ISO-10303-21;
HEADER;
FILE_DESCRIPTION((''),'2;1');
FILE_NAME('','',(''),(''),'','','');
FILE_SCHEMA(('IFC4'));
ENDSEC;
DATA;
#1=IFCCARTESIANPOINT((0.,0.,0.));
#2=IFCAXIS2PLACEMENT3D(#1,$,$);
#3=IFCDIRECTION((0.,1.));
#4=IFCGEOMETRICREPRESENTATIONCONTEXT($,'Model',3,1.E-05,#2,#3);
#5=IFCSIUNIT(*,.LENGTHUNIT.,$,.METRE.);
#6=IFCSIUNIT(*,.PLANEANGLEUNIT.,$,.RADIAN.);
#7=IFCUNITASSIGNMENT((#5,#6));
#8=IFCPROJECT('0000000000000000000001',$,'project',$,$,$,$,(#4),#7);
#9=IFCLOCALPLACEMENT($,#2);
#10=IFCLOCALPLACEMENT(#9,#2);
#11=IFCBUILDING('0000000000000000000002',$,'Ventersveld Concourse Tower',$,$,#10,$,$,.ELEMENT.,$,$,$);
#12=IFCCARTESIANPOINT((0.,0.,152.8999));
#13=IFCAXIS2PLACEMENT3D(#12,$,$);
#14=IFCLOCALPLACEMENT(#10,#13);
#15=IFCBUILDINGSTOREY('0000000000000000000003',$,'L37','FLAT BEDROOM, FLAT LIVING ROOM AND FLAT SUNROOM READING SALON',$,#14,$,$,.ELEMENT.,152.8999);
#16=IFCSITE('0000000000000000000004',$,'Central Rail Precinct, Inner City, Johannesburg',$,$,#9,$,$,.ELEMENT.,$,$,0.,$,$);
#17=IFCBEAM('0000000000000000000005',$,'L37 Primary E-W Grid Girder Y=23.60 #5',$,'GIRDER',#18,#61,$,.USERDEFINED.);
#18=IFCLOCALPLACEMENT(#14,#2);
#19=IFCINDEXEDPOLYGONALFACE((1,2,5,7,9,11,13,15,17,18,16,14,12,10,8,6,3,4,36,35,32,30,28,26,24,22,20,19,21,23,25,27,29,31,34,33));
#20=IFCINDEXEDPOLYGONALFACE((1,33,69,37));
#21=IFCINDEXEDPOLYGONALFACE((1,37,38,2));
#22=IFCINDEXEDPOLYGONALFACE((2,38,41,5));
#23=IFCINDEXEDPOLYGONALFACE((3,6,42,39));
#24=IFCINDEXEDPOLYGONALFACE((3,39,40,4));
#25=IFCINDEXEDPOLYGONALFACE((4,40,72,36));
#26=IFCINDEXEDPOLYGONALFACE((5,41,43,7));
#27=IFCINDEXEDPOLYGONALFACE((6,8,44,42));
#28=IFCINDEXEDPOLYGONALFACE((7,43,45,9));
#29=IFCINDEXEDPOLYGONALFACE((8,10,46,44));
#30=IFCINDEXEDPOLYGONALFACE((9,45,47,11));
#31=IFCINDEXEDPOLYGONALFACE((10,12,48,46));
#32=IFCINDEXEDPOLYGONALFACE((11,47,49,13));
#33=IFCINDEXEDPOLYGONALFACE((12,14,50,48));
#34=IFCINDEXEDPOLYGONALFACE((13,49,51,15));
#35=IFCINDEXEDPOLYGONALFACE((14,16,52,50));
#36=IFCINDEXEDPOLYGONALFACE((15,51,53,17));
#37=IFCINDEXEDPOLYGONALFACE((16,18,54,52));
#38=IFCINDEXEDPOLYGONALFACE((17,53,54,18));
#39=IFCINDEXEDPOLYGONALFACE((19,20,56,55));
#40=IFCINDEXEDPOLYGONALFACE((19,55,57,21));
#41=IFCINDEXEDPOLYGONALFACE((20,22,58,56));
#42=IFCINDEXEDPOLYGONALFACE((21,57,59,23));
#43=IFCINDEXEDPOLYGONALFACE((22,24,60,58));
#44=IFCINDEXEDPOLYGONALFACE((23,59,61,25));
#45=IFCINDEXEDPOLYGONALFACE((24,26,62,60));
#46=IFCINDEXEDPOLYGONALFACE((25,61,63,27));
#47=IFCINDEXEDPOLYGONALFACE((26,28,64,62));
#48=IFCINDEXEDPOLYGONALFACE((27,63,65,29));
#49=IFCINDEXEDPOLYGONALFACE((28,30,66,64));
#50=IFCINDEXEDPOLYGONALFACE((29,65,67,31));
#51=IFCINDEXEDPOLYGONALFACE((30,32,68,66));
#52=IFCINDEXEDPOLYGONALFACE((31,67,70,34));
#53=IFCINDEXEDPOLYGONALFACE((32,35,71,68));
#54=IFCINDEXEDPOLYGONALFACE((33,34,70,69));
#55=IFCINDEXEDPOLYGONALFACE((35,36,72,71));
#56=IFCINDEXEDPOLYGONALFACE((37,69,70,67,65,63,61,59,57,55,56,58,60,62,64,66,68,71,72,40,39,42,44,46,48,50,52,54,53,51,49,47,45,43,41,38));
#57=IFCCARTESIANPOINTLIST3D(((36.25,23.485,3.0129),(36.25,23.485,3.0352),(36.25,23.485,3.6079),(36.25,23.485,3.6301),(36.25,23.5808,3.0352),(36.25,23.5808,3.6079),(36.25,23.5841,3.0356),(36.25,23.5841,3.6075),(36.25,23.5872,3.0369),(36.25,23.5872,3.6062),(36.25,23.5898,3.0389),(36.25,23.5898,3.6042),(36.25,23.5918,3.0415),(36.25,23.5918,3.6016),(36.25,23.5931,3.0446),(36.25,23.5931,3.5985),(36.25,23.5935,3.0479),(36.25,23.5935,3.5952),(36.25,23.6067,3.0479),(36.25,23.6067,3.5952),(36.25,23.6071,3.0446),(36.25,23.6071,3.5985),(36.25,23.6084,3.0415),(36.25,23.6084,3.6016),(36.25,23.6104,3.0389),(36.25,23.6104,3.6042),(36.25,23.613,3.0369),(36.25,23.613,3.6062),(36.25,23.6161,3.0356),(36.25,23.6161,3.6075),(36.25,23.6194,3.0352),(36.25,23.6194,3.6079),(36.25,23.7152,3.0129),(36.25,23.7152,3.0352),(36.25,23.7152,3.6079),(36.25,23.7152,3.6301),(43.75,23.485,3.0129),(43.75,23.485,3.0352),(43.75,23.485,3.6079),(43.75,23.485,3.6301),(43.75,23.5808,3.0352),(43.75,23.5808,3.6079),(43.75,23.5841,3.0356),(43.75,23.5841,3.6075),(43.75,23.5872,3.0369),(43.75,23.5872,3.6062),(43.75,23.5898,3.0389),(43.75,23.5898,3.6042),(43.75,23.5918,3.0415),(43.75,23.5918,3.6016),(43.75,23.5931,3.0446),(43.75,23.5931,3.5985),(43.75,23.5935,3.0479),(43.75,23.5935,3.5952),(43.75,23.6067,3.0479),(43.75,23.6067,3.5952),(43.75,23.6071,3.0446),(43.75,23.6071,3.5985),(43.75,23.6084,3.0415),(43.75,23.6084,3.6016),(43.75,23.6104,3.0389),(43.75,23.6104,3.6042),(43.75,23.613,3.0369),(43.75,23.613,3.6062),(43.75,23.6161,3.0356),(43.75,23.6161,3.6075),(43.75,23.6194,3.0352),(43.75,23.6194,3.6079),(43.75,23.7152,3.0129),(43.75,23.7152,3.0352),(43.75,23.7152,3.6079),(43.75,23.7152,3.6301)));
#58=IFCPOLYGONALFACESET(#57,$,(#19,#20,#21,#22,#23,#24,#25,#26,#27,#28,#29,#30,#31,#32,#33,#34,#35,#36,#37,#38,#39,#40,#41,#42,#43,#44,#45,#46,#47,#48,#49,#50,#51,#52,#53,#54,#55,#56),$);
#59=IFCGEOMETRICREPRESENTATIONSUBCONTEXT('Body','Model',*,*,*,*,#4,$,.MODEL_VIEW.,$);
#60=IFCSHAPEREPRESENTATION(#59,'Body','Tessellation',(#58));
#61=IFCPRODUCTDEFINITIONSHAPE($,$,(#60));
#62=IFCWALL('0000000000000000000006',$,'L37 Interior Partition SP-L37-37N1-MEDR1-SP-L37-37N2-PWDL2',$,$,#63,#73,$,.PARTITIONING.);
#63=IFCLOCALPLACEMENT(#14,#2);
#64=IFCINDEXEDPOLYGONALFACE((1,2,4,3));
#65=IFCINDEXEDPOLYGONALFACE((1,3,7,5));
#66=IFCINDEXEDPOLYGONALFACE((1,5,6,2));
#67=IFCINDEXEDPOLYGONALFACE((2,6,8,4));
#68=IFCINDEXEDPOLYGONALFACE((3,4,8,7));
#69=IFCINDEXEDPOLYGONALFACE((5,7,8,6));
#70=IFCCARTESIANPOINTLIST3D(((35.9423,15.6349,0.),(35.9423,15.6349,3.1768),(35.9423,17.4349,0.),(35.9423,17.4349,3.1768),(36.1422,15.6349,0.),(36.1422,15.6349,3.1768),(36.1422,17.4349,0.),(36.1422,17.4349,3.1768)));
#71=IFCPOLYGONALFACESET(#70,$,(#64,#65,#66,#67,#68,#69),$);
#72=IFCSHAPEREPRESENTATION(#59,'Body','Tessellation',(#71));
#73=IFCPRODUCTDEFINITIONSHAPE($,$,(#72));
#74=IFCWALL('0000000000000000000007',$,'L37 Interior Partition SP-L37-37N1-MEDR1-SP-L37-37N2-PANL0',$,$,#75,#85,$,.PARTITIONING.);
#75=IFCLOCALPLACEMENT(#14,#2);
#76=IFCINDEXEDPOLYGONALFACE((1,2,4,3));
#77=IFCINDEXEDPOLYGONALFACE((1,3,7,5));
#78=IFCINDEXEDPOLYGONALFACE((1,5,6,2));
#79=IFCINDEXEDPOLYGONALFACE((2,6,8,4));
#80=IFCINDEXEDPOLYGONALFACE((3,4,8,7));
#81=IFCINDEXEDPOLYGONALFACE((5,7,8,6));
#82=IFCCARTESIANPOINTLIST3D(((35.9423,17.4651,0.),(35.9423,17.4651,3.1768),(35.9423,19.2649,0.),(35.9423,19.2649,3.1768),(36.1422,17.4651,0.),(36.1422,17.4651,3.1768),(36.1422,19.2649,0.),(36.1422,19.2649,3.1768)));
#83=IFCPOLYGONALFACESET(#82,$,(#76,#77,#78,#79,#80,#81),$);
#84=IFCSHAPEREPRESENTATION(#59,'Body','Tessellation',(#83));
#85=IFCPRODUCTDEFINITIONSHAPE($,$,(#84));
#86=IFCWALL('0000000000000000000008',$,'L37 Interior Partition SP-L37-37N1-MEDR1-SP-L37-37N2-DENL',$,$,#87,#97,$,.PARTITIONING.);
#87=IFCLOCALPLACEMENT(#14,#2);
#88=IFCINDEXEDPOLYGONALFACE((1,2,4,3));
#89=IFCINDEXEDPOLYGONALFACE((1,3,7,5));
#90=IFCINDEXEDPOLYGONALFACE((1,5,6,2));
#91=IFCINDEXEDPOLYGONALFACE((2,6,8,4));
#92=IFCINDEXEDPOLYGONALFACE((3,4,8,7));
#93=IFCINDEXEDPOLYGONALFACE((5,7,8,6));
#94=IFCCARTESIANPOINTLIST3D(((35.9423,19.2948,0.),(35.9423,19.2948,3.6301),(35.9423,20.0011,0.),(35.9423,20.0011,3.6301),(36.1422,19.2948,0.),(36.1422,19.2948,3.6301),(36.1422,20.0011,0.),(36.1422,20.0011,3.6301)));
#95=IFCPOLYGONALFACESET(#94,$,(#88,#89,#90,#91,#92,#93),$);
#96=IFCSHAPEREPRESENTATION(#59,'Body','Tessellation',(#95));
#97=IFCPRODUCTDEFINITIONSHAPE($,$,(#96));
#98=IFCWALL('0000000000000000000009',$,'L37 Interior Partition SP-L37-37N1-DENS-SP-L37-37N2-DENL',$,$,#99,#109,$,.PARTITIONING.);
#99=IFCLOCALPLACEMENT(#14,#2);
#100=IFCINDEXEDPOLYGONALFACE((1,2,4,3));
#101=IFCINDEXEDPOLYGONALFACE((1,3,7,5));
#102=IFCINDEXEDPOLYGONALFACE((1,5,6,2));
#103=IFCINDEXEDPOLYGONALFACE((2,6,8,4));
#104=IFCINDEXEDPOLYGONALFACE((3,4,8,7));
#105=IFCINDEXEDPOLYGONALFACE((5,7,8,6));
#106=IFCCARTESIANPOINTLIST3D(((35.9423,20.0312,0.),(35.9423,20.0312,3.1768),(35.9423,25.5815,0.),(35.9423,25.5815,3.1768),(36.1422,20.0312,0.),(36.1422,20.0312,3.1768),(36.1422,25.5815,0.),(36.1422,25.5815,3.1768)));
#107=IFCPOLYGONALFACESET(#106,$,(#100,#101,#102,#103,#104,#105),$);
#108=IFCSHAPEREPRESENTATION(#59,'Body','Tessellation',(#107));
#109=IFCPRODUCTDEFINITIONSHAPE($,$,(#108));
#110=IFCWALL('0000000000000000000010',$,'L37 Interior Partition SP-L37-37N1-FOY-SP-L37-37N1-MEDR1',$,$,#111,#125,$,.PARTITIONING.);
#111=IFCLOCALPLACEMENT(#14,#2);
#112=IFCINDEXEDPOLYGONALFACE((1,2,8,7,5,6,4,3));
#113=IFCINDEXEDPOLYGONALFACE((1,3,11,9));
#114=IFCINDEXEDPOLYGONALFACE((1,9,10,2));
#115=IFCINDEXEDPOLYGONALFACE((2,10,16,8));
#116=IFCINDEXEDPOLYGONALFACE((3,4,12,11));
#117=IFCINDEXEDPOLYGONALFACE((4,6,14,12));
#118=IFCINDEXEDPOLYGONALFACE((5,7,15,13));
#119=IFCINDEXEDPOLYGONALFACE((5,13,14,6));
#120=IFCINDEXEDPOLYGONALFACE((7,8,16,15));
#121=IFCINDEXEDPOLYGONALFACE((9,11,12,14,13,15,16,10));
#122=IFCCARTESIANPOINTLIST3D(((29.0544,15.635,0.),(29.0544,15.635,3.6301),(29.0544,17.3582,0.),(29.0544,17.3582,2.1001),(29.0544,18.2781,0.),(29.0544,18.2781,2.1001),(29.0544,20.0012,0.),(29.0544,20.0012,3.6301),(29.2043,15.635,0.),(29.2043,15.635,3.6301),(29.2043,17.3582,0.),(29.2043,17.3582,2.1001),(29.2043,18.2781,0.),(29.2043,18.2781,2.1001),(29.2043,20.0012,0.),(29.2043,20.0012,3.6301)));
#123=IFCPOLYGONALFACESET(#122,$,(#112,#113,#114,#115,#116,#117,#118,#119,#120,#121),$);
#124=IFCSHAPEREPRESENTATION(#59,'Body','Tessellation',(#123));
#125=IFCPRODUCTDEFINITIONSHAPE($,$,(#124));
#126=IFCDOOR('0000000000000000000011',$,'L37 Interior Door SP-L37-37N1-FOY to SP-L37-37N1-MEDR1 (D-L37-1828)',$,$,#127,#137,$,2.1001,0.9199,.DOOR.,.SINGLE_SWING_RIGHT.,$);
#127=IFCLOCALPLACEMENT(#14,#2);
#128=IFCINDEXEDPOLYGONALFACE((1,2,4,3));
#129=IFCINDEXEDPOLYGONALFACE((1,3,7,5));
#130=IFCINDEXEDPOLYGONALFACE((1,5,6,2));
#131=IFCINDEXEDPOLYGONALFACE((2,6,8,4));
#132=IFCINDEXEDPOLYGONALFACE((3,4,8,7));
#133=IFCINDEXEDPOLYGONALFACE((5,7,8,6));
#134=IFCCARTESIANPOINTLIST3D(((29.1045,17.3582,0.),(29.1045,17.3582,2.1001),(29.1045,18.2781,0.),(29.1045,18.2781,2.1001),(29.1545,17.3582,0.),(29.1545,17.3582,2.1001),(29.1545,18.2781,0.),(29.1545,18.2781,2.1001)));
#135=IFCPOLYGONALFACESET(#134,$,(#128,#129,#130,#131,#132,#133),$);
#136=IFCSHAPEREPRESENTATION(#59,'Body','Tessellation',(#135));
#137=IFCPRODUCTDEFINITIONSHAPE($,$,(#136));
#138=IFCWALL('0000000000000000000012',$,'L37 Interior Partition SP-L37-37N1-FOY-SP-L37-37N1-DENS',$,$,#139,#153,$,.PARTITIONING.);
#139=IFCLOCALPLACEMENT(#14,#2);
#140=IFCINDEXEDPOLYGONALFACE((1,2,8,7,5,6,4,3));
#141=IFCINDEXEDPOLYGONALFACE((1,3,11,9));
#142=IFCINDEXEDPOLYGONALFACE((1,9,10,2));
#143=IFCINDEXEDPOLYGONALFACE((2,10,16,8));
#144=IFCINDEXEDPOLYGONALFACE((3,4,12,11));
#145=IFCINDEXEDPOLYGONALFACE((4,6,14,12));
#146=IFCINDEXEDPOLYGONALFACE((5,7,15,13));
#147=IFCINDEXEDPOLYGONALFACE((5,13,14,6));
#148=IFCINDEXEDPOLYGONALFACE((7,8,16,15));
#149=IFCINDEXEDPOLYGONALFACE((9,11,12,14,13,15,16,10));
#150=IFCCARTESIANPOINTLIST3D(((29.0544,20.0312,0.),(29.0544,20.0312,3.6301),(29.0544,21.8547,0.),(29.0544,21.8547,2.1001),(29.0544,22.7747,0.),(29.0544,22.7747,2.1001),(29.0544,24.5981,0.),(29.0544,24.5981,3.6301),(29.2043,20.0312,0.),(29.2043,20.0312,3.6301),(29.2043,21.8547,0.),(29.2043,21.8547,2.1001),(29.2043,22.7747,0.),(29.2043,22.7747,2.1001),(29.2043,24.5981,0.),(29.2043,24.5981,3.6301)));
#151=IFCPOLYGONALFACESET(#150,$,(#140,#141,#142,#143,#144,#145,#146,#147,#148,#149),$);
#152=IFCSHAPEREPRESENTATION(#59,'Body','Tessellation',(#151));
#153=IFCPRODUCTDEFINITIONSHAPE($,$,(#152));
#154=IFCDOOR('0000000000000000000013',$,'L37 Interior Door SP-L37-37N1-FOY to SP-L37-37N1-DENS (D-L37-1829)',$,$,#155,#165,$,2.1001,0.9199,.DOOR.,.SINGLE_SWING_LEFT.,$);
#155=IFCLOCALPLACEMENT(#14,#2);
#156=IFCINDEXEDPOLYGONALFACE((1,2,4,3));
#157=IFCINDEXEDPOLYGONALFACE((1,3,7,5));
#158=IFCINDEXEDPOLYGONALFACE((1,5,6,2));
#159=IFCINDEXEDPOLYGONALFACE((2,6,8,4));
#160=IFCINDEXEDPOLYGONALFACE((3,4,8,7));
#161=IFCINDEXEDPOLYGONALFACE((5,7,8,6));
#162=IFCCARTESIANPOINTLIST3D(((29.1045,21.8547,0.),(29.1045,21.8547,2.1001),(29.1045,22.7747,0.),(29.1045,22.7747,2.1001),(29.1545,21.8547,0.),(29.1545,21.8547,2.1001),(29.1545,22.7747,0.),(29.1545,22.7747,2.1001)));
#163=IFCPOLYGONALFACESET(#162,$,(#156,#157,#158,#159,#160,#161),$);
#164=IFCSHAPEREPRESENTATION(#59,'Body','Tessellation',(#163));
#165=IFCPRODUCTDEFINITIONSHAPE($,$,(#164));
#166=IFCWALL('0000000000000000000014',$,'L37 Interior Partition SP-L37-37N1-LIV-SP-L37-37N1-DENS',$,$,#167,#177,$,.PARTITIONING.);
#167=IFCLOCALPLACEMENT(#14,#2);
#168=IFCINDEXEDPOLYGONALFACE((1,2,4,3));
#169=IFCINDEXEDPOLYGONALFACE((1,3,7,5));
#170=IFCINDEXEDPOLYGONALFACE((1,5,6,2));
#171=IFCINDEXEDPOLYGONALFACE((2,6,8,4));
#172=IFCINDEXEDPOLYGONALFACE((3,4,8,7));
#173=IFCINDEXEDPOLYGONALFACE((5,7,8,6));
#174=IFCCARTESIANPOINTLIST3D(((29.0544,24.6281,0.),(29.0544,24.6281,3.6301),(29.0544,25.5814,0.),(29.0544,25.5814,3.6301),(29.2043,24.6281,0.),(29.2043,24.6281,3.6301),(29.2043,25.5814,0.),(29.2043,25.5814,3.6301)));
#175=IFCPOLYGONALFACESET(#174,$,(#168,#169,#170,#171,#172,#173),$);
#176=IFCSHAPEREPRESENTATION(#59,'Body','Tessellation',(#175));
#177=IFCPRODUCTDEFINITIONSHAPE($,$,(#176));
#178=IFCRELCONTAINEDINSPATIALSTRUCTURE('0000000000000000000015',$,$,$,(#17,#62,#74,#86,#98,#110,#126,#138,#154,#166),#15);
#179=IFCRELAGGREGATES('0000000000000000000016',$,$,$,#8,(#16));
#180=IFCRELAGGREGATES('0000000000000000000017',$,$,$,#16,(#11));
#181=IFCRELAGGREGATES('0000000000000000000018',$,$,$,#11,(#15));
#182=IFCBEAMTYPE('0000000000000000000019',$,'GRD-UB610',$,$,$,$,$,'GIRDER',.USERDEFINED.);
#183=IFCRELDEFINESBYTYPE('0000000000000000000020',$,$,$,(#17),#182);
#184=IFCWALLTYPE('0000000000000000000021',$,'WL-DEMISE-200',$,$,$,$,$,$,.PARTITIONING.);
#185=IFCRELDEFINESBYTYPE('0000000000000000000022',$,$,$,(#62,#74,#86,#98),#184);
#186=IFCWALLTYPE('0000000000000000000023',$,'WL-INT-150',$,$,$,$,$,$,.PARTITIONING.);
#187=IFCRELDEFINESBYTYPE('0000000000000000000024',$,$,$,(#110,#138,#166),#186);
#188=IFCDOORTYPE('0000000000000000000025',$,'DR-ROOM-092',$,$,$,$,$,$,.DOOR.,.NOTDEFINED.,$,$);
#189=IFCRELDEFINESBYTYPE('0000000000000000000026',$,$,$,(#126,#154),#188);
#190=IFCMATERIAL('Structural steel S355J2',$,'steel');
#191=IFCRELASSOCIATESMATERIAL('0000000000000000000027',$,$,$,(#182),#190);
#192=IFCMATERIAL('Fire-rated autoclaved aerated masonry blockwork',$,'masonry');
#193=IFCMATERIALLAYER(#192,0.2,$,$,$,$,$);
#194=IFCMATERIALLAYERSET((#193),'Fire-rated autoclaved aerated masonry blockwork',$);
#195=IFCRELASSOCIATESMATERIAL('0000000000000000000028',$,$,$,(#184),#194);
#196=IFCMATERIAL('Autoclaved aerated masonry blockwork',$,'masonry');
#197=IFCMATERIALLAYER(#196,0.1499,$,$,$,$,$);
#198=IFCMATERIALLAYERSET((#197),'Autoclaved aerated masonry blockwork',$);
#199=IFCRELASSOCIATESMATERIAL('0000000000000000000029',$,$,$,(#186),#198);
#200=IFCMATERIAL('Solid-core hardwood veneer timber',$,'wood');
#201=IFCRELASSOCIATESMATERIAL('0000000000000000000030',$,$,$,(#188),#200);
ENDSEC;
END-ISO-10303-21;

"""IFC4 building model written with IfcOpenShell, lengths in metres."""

from ifc_helpers import new_model, si_unit, direction, frame, frame_2d, origin, origin_2d, place, context, subcontext, project, spatial, rectangle, i_section, extrude, material, layer, layer_set, material_profile, profile_set, type_object, element, fill, save


model = new_model("IFC4")

# Units and contexts
model_context = context("Model", 3, precision=1e-05, world=origin(), true_north=direction((0.0, 1.0)))
body_context = subcontext(model_context, "Body", "Model", "MODEL_VIEW")
ifc_project = project(units=[si_unit("LENGTHUNIT", "METRE"), si_unit("PLANEANGLEUNIT", "RADIAN")], contexts=[model_context])

# Site, building, storey
site_placement = place(None, origin())
site = spatial("IfcSite", under=ifc_project, at=site_placement, Name="Central Rail Precinct, Inner City, Johannesburg", CompositionType="ELEMENT", RefElevation=0.0)
building_placement = place(site_placement, origin())
building = spatial("IfcBuilding", under=site, at=building_placement, Name="Ventersveld Concourse Tower", CompositionType="ELEMENT")
storey_placement = place(building_placement, frame((0.0, 0.0, 152.8999)))
storey = spatial("IfcBuildingStorey", under=building, at=storey_placement, Name="L37", Description="FLAT BEDROOM, FLAT LIVING ROOM AND FLAT SUNROOM READING SALON", CompositionType="ELEMENT", Elevation=152.8999)

# Beam
ifc_material_1 = material(Name="Structural steel S355J2", Category="steel")
ifc_material_profile_1 = material_profile(ifc_material_1, i_section(OverallWidth=0.2302, OverallDepth=0.6172, WebThickness=0.0132, FlangeThickness=0.0222, FilletRadius=0.0127, at=origin_2d()), Name="UB 610x229x140")
ifc_profile_set_1 = profile_set([ifc_material_profile_1], Name="Structural steel S355J2")
beam_type_1 = type_object("IfcBeamType", Name="GRD-UB610", ElementType="GIRDER", PredefinedType="USERDEFINED", material=ifc_profile_set_1)
for number, where, z_axis, x_axis, name in (
    (1, (36.25, 23.6001, 3.3215), (1.0, 0.0, 0.0), (0.0, 1.0, 0.0), "L37 Primary E-W Grid Girder Y=23.60 #5"),
):
    element("IfcBeam", number, at=place(storey_placement, frame(where, z_axis=z_axis, x_axis=x_axis)), inside=storey, type_object=beam_type_1, Name=name, ObjectType="GIRDER", PredefinedType="USERDEFINED", context=body_context, shape_type="SweptSolid", body=[
        extrude(i_section(OverallWidth=0.2302, OverallDepth=0.6172, WebThickness=0.0132, FlangeThickness=0.0222, FilletRadius=0.0127, at=origin_2d()), origin(), (0.0, 0.0, 1.0), 7.5),
    ])

# Walls
ifc_material_2 = material(Name="Fire-rated autoclaved aerated masonry blockwork", Category="masonry")
ifc_layer_1 = layer(ifc_material_2, 0.2)
ifc_layer_set_1 = layer_set([ifc_layer_1], Name="Fire-rated autoclaved aerated masonry blockwork")
wall_type_1 = type_object("IfcWallType", Name="WL-DEMISE-200", PredefinedType="PARTITIONING", material=ifc_layer_set_1)
wall_1_placement = place(storey_placement, frame((36.0422, 15.635, 0.0), z_axis=(0.0, 0.0, 1.0), x_axis=(0.0, 1.0, 0.0)))
element("IfcWall", 2, at=wall_1_placement, inside=storey, type_object=wall_type_1, Name="L37 Interior Partition SP-L37-37N1-MEDR1-SP-L37-37N2-PWDL2", PredefinedType="PARTITIONING", context=body_context, shape_type="SweptSolid", body=[
    extrude(rectangle(XDim=1.8, YDim=0.2, at=frame_2d((0.8999, 0.0))), origin(), (0.0, 0.0, 1.0), 3.1768),
])
wall_2_placement = place(storey_placement, frame((36.0422, 17.4651, 0.0), z_axis=(0.0, 0.0, 1.0), x_axis=(0.0, 1.0, 0.0)))
element("IfcWall", 3, at=wall_2_placement, inside=storey, type_object=wall_type_1, Name="L37 Interior Partition SP-L37-37N1-MEDR1-SP-L37-37N2-PANL0", PredefinedType="PARTITIONING", context=body_context, shape_type="SweptSolid", body=[
    extrude(rectangle(XDim=1.7998, YDim=0.2, at=frame_2d((0.8999, 0.0))), origin(), (0.0, 0.0, 1.0), 3.1768),
])
wall_3_placement = place(storey_placement, frame((36.0422, 19.2949, 0.0), z_axis=(0.0, 0.0, 1.0), x_axis=(0.0, 1.0, 0.0)))
element("IfcWall", 4, at=wall_3_placement, inside=storey, type_object=wall_type_1, Name="L37 Interior Partition SP-L37-37N1-MEDR1-SP-L37-37N2-DENL", PredefinedType="PARTITIONING", context=body_context, shape_type="SweptSolid", body=[
    extrude(rectangle(XDim=0.7063, YDim=0.2, at=frame_2d((0.353, 0.0))), origin(), (0.0, 0.0, 1.0), 3.6301),
])
wall_4_placement = place(storey_placement, frame((36.0422, 20.0312, 0.0), z_axis=(0.0, 0.0, 1.0), x_axis=(0.0, 1.0, 0.0)))
element("IfcWall", 5, at=wall_4_placement, inside=storey, type_object=wall_type_1, Name="L37 Interior Partition SP-L37-37N1-DENS-SP-L37-37N2-DENL", PredefinedType="PARTITIONING", context=body_context, shape_type="SweptSolid", body=[
    extrude(rectangle(XDim=5.5503, YDim=0.2, at=frame_2d((2.7751, 0.0))), origin(), (0.0, 0.0, 1.0), 3.1768),
])

# Walls, openings, doors
ifc_material_3 = material(Name="Autoclaved aerated masonry blockwork", Category="masonry")
ifc_layer_2 = layer(ifc_material_3, 0.1499)
ifc_layer_set_2 = layer_set([ifc_layer_2], Name="Autoclaved aerated masonry blockwork")
wall_type_2 = type_object("IfcWallType", Name="WL-INT-150", PredefinedType="PARTITIONING", material=ifc_layer_set_2)
wall_5_placement = place(storey_placement, frame((29.1294, 15.635, 0.0), z_axis=(0.0, 0.0, 1.0), x_axis=(0.0, 1.0, 0.0)))
wall_5 = element("IfcWall", 6, at=wall_5_placement, inside=storey, type_object=wall_type_2, Name="L37 Interior Partition SP-L37-37N1-FOY-SP-L37-37N1-MEDR1", PredefinedType="PARTITIONING", context=body_context, shape_type="SweptSolid", body=[
    extrude(rectangle(XDim=4.3662, YDim=0.1499, at=frame_2d((2.1831, 0.0))), origin(), (0.0, 0.0, 1.0), 3.6301),
])
opening_1_placement = place(wall_5_placement, frame((1.7231, 0.0, 0.0)))
opening_1 = element("IfcOpeningElement", 7, at=opening_1_placement, cuts=wall_5, PredefinedType="OPENING", context=body_context, shape_type="SweptSolid", body=[
    extrude(rectangle(XDim=0.9199, YDim=2.1001, at=frame_2d((0.46, 1.05))), frame((0.0, 0.085, 0.0), z_axis=(0.0, -1.0, 0.0), x_axis=(1.0, 0.0, 0.0)), (0.0, 0.0, 1.0), 0.1699),
])
ifc_material_4 = material(Name="Solid-core hardwood veneer timber", Category="wood")
door_type = type_object("IfcDoorType", Name="DR-ROOM-092", OperationType="NOTDEFINED", PredefinedType="DOOR", material=ifc_material_4)
door_1_placement = place(opening_1_placement, origin())
door_1 = element("IfcDoor", 8, at=door_1_placement, inside=storey, type_object=door_type, Name="L37 Interior Door SP-L37-37N1-FOY to SP-L37-37N1-MEDR1 (D-L37-1828)", OperationType="SINGLE_SWING_RIGHT", OverallHeight=2.1001, OverallWidth=0.9199, PredefinedType="DOOR", context=body_context, shape_type="SweptSolid", body=[
    extrude(rectangle(XDim=0.9199, YDim=2.1001, at=frame_2d((0.46, 1.05))), frame((0.0, 0.0249, 0.0), z_axis=(0.0, -1.0, 0.0), x_axis=(1.0, 0.0, 0.0)), (0.0, 0.0, 1.0), 0.05),
])
fill(opening_1, door_1)
wall_6_placement = place(storey_placement, frame((29.1294, 20.0312, 0.0), z_axis=(0.0, 0.0, 1.0), x_axis=(0.0, 1.0, 0.0)))
wall_6 = element("IfcWall", 9, at=wall_6_placement, inside=storey, type_object=wall_type_2, Name="L37 Interior Partition SP-L37-37N1-FOY-SP-L37-37N1-DENS", PredefinedType="PARTITIONING", context=body_context, shape_type="SweptSolid", body=[
    extrude(rectangle(XDim=4.5669, YDim=0.1499, at=frame_2d((2.2834, 0.0))), origin(), (0.0, 0.0, 1.0), 3.6301),
])
opening_2_placement = place(wall_6_placement, frame((1.8235, 0.0, 0.0)))
opening_2 = element("IfcOpeningElement", 10, at=opening_2_placement, cuts=wall_6, PredefinedType="OPENING", context=body_context, shape_type="SweptSolid", body=[
    extrude(rectangle(XDim=0.9199, YDim=2.1001, at=frame_2d((0.46, 1.05))), frame((0.0, 0.085, 0.0), z_axis=(0.0, -1.0, 0.0), x_axis=(1.0, 0.0, 0.0)), (0.0, 0.0, 1.0), 0.1699),
])
door_2_placement = place(opening_2_placement, origin())
door_2 = element("IfcDoor", 11, at=door_2_placement, inside=storey, type_object=door_type, Name="L37 Interior Door SP-L37-37N1-FOY to SP-L37-37N1-DENS (D-L37-1829)", OperationType="SINGLE_SWING_LEFT", OverallHeight=2.1001, OverallWidth=0.9199, PredefinedType="DOOR", context=body_context, shape_type="SweptSolid", body=[
    extrude(rectangle(XDim=0.9199, YDim=2.1001, at=frame_2d((0.46, 1.05))), frame((0.0, 0.0249, 0.0), z_axis=(0.0, -1.0, 0.0), x_axis=(1.0, 0.0, 0.0)), (0.0, 0.0, 1.0), 0.05),
])
fill(opening_2, door_2)

# Wall
wall_7_placement = place(storey_placement, frame((29.1294, 24.6282, 0.0), z_axis=(0.0, 0.0, 1.0), x_axis=(0.0, 1.0, 0.0)))
element("IfcWall", 12, at=wall_7_placement, inside=storey, type_object=wall_type_2, Name="L37 Interior Partition SP-L37-37N1-LIV-SP-L37-37N1-DENS", PredefinedType="PARTITIONING", context=body_context, shape_type="SweptSolid", body=[
    extrude(rectangle(XDim=0.9534, YDim=0.1499, at=frame_2d((0.4766, 0.0))), origin(), (0.0, 0.0, 1.0), 3.6301),
])

save(model, "model.ifc")
